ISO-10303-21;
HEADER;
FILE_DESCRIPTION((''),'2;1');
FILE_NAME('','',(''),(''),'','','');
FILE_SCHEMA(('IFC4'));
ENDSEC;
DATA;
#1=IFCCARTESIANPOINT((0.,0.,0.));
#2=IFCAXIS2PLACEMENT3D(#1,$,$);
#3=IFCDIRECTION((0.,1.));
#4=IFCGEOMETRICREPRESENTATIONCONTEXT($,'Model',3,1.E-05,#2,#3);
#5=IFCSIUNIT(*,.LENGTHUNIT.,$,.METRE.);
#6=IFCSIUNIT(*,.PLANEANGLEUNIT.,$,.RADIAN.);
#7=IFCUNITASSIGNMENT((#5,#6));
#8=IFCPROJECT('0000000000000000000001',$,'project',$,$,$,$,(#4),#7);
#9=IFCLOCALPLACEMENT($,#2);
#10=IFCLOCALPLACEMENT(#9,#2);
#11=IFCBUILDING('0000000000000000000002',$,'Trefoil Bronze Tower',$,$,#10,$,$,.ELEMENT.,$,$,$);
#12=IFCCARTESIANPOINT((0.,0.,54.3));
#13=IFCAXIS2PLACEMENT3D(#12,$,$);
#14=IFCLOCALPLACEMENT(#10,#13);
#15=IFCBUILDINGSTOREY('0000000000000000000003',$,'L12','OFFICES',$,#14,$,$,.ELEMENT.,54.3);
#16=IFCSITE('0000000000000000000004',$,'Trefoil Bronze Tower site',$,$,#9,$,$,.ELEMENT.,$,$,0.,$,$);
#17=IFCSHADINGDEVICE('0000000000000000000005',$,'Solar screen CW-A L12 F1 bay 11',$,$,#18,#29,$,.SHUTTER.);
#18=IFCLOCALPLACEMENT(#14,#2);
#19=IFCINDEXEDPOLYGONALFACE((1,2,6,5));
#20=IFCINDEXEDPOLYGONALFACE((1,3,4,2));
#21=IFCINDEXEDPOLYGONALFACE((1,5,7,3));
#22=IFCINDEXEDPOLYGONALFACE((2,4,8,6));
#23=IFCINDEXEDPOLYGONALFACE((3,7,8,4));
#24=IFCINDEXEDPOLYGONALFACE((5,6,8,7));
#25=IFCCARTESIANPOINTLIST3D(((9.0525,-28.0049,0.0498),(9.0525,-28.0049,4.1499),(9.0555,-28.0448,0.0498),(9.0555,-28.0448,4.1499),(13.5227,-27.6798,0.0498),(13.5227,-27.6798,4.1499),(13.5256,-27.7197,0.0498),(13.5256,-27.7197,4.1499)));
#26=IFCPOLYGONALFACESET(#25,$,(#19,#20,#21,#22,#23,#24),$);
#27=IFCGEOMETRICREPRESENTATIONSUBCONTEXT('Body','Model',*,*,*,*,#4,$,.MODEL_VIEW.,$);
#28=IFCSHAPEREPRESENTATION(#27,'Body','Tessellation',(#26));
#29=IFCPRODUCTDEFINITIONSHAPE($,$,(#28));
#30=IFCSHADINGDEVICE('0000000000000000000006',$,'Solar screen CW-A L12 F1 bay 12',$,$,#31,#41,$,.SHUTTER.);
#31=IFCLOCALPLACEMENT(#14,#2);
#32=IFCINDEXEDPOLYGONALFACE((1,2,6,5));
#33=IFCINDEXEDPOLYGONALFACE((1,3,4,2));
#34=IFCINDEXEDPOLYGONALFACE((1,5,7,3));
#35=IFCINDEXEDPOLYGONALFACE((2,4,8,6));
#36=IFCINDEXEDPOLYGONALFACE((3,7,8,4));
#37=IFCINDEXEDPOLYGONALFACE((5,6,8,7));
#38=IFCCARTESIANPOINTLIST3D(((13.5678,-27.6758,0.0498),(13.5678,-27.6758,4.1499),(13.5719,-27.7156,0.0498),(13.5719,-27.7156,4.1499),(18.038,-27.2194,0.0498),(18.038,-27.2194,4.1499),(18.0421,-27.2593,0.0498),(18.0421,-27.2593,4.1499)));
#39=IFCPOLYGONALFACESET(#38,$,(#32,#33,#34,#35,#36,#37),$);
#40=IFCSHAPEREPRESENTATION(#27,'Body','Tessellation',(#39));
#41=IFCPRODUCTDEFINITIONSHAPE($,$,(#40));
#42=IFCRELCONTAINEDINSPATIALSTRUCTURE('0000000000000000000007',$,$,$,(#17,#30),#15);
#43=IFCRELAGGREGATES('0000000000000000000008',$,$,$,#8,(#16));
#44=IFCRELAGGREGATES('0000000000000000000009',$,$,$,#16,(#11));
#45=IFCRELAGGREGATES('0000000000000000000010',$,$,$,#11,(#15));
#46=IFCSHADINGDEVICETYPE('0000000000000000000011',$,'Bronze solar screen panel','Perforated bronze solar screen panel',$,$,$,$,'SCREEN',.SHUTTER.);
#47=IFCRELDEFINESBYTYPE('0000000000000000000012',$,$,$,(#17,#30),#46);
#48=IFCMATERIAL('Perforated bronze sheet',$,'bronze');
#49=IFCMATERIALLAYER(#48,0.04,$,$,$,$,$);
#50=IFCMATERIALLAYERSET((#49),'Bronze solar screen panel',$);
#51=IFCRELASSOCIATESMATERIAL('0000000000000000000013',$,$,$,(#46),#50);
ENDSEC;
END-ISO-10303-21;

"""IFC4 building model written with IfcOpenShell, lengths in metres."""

from ifc_helpers import new_model, si_unit, direction, frame, origin, origin_2d, place, context, subcontext, project, spatial, rectangle, extrude, material, layer, layer_set, type_object, element, save


model = new_model("IFC4")

# Units and contexts
model_context = context("Model", 3, precision=1e-05, world=origin(), true_north=direction((0.0, 1.0)))
body_context = subcontext(model_context, "Body", "Model", "MODEL_VIEW")
ifc_project = project(units=[si_unit("LENGTHUNIT", "METRE"), si_unit("PLANEANGLEUNIT", "RADIAN")], contexts=[model_context])

# Site, building, storey
site_placement = place(None, origin())
site = spatial("IfcSite", under=ifc_project, at=site_placement, Name="Trefoil Bronze Tower site", CompositionType="ELEMENT", RefElevation=0.0)
building_placement = place(site_placement, origin())
building = spatial("IfcBuilding", under=site, at=building_placement, Name="Trefoil Bronze Tower", CompositionType="ELEMENT")
storey_placement = place(building_placement, frame((0.0, 0.0, 54.3)))
storey = spatial("IfcBuildingStorey", under=building, at=storey_placement, Name="L12", Description="OFFICES", CompositionType="ELEMENT", Elevation=54.3)

# Shading devices
ifc_material_1 = material(Name="Perforated bronze sheet", Category="bronze")
ifc_layer_1 = layer(ifc_material_1, 0.04)
ifc_layer_set_1 = layer_set([ifc_layer_1], Name="Bronze solar screen panel")
shading_device_type = type_object("IfcShadingDeviceType", Name="Bronze solar screen panel", Description="Perforated bronze solar screen panel", ElementType="SCREEN", PredefinedType="SHUTTER", material=ifc_layer_set_1)
shading_device_1_placement = place(storey_placement, frame((11.2891, -27.8623, 0.0498), z_axis=(0.0, 0.0, 1.0), x_axis=(0.997365, 0.072547, 0.0)))
element("IfcShadingDevice", 1, at=shading_device_1_placement, inside=storey, type_object=shading_device_type, Name="Solar screen CW-A L12 F1 bay 11", PredefinedType="SHUTTER", context=body_context, shape_type="SweptSolid", body=[
    extrude(rectangle(XDim=4.4819, YDim=0.04, at=origin_2d()), origin(), (0.0, 0.0, 1.0), 4.1001),
])
shading_device_2_placement = place(storey_placement, frame((15.8049, -27.4675, 0.0498), z_axis=(0.0, 0.0, 1.0), x_axis=(0.994829, 0.101565, 0.0)))
element("IfcShadingDevice", 2, at=shading_device_2_placement, inside=storey, type_object=shading_device_type, Name="Solar screen CW-A L12 F1 bay 12", PredefinedType="SHUTTER", context=body_context, shape_type="SweptSolid", body=[
    extrude(rectangle(XDim=4.4934, YDim=0.04, at=origin_2d()), origin(), (0.0, 0.0, 1.0), 4.1001),
])

save(model, "model.ifc")
